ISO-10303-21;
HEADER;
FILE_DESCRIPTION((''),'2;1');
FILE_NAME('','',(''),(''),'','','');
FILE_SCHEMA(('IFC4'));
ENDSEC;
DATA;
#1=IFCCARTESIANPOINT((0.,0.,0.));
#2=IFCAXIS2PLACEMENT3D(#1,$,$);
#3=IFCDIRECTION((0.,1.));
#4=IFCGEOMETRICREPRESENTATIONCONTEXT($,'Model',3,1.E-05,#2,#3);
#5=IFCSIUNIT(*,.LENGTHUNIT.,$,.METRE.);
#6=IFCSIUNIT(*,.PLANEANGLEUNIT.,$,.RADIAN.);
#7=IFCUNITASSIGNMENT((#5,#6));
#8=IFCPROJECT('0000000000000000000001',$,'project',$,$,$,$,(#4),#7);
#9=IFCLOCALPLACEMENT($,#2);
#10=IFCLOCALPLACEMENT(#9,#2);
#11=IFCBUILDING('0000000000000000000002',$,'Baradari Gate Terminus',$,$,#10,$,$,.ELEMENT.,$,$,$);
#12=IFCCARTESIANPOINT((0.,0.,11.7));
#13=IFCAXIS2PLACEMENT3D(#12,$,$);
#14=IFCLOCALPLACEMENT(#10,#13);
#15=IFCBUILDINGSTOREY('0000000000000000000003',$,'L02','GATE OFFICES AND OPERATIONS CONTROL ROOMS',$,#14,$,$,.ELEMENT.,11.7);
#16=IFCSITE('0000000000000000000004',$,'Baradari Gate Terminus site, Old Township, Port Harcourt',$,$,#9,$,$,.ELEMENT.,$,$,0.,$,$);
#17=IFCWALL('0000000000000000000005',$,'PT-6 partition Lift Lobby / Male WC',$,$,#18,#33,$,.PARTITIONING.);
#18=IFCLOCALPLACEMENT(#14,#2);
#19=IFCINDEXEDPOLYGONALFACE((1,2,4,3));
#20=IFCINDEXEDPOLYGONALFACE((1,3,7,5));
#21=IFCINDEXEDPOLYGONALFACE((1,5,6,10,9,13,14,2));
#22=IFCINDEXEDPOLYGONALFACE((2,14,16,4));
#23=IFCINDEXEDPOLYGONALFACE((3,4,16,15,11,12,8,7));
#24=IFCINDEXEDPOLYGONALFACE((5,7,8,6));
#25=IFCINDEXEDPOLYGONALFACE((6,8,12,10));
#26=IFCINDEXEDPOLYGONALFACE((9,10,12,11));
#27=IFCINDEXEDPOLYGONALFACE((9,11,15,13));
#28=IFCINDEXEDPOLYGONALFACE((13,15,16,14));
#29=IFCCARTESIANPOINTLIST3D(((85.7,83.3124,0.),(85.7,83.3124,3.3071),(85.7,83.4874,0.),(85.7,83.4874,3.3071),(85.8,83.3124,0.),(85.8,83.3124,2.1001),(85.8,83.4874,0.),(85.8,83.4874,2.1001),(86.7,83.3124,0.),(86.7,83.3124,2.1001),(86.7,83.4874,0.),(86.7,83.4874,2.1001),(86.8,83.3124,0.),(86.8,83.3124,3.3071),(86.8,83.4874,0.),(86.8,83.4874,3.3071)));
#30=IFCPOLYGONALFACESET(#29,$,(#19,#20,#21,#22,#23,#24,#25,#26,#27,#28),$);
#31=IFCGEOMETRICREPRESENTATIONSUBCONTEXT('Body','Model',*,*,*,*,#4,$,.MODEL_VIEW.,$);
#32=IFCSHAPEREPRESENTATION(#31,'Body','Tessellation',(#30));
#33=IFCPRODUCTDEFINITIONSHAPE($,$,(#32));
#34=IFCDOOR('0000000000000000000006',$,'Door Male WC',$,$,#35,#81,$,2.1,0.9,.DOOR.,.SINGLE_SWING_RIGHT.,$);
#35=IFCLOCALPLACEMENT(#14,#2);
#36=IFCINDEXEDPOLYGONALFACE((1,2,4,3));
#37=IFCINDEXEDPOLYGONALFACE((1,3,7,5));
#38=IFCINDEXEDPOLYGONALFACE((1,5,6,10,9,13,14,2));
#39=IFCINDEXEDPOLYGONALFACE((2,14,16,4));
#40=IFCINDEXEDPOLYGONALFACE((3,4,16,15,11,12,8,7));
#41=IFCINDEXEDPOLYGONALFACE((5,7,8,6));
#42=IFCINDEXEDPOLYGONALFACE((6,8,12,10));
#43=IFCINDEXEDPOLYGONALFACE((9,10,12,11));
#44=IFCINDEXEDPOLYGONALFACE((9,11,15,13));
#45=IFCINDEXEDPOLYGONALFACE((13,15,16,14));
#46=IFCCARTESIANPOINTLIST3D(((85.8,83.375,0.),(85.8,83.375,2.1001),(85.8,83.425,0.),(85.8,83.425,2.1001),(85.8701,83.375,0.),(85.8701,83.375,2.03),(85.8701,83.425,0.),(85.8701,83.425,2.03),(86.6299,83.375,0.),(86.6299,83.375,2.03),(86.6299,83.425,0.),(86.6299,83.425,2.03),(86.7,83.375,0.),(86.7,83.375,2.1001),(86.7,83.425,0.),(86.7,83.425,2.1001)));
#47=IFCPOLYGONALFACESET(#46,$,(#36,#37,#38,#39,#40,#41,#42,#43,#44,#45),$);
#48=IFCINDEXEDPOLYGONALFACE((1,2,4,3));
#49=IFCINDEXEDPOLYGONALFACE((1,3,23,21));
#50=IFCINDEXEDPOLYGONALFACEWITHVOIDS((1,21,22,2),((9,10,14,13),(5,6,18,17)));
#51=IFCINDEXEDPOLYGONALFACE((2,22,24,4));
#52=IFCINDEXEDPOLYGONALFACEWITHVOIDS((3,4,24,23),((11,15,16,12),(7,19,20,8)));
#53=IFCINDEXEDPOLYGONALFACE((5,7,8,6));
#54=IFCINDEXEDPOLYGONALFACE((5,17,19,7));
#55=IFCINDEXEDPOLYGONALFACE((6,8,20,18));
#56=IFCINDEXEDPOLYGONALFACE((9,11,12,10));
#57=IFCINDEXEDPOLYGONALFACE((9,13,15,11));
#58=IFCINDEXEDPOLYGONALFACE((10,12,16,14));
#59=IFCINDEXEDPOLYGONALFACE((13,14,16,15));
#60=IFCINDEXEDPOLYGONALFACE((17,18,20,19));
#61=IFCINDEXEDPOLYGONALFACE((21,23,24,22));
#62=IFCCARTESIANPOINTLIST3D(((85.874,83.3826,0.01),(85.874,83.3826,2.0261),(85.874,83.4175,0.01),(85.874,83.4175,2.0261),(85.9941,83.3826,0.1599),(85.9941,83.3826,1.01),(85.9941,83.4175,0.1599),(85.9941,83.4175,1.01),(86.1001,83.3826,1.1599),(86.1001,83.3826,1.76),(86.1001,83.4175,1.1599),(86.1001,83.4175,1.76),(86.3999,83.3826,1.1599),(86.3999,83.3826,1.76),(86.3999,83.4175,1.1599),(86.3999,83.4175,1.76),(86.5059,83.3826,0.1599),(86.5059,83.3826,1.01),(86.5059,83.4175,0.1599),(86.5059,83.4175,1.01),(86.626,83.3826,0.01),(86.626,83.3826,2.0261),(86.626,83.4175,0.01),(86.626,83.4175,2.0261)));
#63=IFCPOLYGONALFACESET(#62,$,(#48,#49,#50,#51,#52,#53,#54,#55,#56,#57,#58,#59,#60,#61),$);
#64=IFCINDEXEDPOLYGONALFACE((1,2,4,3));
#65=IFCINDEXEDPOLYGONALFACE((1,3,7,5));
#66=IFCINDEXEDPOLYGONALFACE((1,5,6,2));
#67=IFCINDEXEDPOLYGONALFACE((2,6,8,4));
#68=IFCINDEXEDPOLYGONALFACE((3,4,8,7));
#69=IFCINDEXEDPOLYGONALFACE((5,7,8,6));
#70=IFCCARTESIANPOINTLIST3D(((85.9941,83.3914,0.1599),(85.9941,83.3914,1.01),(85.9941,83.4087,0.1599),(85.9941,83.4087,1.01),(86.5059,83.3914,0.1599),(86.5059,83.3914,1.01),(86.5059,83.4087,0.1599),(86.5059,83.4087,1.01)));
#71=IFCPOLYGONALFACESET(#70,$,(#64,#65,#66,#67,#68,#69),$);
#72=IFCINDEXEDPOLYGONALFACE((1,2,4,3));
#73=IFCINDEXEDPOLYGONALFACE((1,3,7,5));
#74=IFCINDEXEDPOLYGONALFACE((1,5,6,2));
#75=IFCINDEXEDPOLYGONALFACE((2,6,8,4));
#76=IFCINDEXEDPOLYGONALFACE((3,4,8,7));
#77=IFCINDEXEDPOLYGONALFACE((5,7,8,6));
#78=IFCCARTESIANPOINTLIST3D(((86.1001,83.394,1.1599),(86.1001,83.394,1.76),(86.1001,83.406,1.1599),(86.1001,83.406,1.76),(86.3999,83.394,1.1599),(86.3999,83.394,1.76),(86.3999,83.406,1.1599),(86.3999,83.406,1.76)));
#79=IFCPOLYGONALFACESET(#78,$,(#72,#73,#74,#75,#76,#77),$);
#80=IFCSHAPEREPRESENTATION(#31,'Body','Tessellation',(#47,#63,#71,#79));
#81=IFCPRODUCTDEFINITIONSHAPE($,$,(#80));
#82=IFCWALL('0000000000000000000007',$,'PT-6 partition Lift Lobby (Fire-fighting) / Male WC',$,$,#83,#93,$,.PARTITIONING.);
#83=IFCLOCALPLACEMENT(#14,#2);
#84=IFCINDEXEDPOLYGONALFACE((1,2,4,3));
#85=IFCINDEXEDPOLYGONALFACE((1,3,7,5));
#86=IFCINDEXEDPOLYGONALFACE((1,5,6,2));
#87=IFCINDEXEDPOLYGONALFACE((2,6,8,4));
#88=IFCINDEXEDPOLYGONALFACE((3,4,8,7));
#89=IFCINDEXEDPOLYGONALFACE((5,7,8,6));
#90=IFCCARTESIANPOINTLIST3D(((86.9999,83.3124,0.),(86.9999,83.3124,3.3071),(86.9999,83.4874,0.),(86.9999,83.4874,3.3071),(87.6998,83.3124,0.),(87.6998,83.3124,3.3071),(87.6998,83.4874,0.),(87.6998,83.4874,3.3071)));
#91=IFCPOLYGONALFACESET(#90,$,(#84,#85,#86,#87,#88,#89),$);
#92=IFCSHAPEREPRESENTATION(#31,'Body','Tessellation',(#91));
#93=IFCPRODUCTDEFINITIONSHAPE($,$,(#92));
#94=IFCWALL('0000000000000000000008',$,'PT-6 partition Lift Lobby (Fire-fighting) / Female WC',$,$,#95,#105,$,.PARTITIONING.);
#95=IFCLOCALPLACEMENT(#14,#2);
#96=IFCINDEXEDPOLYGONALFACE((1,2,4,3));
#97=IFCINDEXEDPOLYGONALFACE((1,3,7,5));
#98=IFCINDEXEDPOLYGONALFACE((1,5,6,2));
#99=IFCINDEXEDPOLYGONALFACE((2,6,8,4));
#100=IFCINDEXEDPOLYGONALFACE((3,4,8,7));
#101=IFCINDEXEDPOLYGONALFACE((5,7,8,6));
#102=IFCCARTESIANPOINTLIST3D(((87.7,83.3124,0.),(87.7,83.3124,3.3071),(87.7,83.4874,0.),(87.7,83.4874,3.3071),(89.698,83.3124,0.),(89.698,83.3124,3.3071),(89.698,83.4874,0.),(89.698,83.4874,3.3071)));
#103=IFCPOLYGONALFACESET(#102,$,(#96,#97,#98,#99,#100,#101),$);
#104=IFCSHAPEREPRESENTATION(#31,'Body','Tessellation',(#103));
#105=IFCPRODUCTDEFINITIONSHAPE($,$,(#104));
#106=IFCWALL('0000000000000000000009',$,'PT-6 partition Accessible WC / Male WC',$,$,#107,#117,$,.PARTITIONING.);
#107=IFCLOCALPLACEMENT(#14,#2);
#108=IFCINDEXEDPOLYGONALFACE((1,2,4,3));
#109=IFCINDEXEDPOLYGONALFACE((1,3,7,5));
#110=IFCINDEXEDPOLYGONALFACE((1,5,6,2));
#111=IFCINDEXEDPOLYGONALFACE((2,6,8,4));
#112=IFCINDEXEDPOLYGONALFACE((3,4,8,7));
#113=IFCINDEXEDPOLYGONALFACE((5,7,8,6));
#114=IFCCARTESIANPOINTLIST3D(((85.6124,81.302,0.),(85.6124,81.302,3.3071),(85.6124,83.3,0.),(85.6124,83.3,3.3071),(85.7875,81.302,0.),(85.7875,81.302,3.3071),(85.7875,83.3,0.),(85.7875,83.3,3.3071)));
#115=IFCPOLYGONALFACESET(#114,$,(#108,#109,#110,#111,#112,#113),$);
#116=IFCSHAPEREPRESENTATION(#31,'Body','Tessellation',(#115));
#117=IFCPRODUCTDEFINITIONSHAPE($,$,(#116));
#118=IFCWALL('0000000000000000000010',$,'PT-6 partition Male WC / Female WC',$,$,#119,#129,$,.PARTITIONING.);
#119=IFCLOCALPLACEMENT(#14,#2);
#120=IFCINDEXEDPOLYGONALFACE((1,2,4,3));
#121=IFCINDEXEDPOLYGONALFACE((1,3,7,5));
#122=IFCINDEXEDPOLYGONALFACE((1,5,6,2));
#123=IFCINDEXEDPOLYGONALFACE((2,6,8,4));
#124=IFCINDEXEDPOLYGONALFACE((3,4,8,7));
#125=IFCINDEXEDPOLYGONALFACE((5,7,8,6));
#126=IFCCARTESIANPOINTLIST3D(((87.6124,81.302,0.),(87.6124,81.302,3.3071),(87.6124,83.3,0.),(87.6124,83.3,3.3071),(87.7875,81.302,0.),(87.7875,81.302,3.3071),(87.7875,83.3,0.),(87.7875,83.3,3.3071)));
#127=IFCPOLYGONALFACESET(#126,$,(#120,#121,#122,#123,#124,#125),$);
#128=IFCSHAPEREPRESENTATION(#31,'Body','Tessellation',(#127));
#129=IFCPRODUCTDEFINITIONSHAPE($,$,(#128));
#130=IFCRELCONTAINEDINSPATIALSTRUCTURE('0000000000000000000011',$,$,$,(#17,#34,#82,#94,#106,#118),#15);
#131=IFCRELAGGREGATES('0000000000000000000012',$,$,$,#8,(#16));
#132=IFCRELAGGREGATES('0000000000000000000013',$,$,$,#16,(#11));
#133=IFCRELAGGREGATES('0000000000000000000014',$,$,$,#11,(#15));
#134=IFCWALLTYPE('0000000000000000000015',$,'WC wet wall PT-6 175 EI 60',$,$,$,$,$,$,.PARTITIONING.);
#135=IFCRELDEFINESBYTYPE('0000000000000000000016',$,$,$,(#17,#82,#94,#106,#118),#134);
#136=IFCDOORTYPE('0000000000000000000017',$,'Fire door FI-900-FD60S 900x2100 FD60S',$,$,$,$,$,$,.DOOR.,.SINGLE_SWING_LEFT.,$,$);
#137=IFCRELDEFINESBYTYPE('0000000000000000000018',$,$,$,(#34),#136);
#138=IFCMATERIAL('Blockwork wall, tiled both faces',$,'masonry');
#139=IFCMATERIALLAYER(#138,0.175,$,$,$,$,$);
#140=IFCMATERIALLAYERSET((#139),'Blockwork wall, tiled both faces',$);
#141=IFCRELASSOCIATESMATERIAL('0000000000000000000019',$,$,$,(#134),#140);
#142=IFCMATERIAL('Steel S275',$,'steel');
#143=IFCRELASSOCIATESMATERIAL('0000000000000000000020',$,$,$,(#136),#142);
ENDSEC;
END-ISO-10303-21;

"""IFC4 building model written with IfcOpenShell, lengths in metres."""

from ifc_helpers import new_model, si_unit, direction, frame, frame_2d, origin, place, context, subcontext, project, spatial, polyline, rectangle, outline, extrude, material, layer, layer_set, type_object, element, fill, save


model = new_model("IFC4")

# Units and contexts
model_context = context("Model", 3, precision=1e-05, world=origin(), true_north=direction((0.0, 1.0)))
body_context = subcontext(model_context, "Body", "Model", "MODEL_VIEW")
ifc_project = project(units=[si_unit("LENGTHUNIT", "METRE"), si_unit("PLANEANGLEUNIT", "RADIAN")], contexts=[model_context])

# Site, building, storey
site_placement = place(None, origin())
site = spatial("IfcSite", under=ifc_project, at=site_placement, Name="Baradari Gate Terminus site, Old Township, Port Harcourt", CompositionType="ELEMENT", RefElevation=0.0)
building_placement = place(site_placement, origin())
building = spatial("IfcBuilding", under=site, at=building_placement, Name="Baradari Gate Terminus", CompositionType="ELEMENT")
storey_placement = place(building_placement, frame((0.0, 0.0, 11.7)))
storey = spatial("IfcBuildingStorey", under=building, at=storey_placement, Name="L02", Description="GATE OFFICES AND OPERATIONS CONTROL ROOMS", CompositionType="ELEMENT", Elevation=11.7)

# Shared definitions
ifc_material_1 = material(Name="Blockwork wall, tiled both faces", Category="masonry")
ifc_layer_1 = layer(ifc_material_1, 0.175)
ifc_layer_set_1 = layer_set([ifc_layer_1], Name="Blockwork wall, tiled both faces")
wall_type_1 = type_object("IfcWallType", Name="WC wet wall PT-6 175 EI 60", PredefinedType="PARTITIONING", material=ifc_layer_set_1)

# Wall, opening, door
wall_1_placement = place(storey_placement, frame((86.8, 83.3999, 0.0), z_axis=(0.0, 0.0, 1.0), x_axis=(-1.0, 0.0, 0.0)))
wall_1 = element("IfcWall", 1, at=wall_1_placement, inside=storey, type_object=wall_type_1, Name="PT-6 partition Lift Lobby / Male WC", PredefinedType="PARTITIONING", context=body_context, shape_type="SweptSolid", body=[
    extrude(rectangle(XDim=1.1001, YDim=0.175, at=frame_2d((0.55, 0.0))), origin(), (0.0, 0.0, 1.0), 3.3071),
])
opening_1_placement = place(wall_1_placement, frame((0.1001, 0.0, 0.0)))
opening_1 = element("IfcOpeningElement", 2, at=opening_1_placement, cuts=wall_1, PredefinedType="OPENING", context=body_context, shape_type="SweptSolid", body=[
    extrude(rectangle(XDim=0.8999, YDim=2.1001, at=frame_2d((0.45, 1.05))), frame((0.0, 0.0974, 0.0), z_axis=(0.0, -1.0, 0.0), x_axis=(1.0, 0.0, 0.0)), (0.0, 0.0, 1.0), 0.1951),
])
ifc_material_2 = material(Name="Steel S275", Category="steel")
door_type_1 = type_object("IfcDoorType", Name="Fire door FI-900-FD60S 900x2100 FD60S", OperationType="SINGLE_SWING_LEFT", PredefinedType="DOOR", material=ifc_material_2)
door_1_placement = place(opening_1_placement, origin())
door_1 = element("IfcDoor", 3, at=door_1_placement, inside=storey, type_object=door_type_1, Name="Door Male WC", OperationType="SINGLE_SWING_RIGHT", OverallHeight=2.1, OverallWidth=0.9, PredefinedType="DOOR", context=body_context, shape_type="SweptSolid", body=[
    extrude(outline(polyline([(0.0, 0.0), (0.0701, 0.0), (0.0701, 2.03), (0.8298, 2.03), (0.8298, 0.0), (0.8999, 0.0), (0.8999, 2.1001), (0.0, 2.1001), (0.0, 0.0)])), frame((0.0, 0.0249, 0.0), z_axis=(0.0, -1.0, 0.0), x_axis=(1.0, 0.0, 0.0)), (0.0, 0.0, 1.0), 0.05),
    extrude(outline(polyline([(0.074, 0.01), (0.8259, 0.01), (0.8259, 2.0261), (0.074, 2.0261), (0.074, 0.01)]), holes=[polyline([(0.1941, 0.1599), (0.7058, 0.1599), (0.7058, 1.01), (0.1941, 1.01), (0.1941, 0.1599)]), polyline([(0.3, 1.1599), (0.5999, 1.1599), (0.5999, 1.76), (0.3, 1.76), (0.3, 1.1599)])]), frame((0.0, 0.0173, 0.0), z_axis=(0.0, -1.0, 0.0), x_axis=(1.0, 0.0, 0.0)), (0.0, 0.0, 1.0), 0.0349),
    extrude(rectangle(XDim=0.5117, YDim=0.8501, at=frame_2d((0.45, 0.585))), frame((0.0, 0.0085, 0.0), z_axis=(0.0, -1.0, 0.0), x_axis=(1.0, 0.0, 0.0)), (0.0, 0.0, 1.0), 0.0173),
    extrude(rectangle(XDim=0.2998, YDim=0.6001, at=frame_2d((0.45, 1.46))), frame((0.0, 0.0059, 0.0), z_axis=(0.0, -1.0, 0.0), x_axis=(1.0, 0.0, 0.0)), (0.0, 0.0, 1.0), 0.012),
])
fill(opening_1, door_1)

# Walls
wall_2_placement = place(storey_placement, frame((87.7, 83.3999, 0.0), z_axis=(0.0, 0.0, 1.0), x_axis=(-1.0, 0.0, 0.0)))
element("IfcWall", 4, at=wall_2_placement, inside=storey, type_object=wall_type_1, Name="PT-6 partition Lift Lobby (Fire-fighting) / Male WC", PredefinedType="PARTITIONING", context=body_context, shape_type="SweptSolid", body=[
    extrude(rectangle(XDim=0.7, YDim=0.175, at=frame_2d((0.3501, 0.0))), origin(), (0.0, 0.0, 1.0), 3.3071),
])
for number, where, z_axis, x_axis, name in (
    (5, (89.698, 83.3999, 0.0), (0.0, 0.0, 1.0), (-1.0, 0.0, 0.0), "PT-6 partition Lift Lobby (Fire-fighting) / Female WC"),
    (6, (85.7, 83.3, 0.0), (0.0, 0.0, 1.0), (0.0, -1.0, 0.0), "PT-6 partition Accessible WC / Male WC"),
    (7, (87.7, 83.3, 0.0), (0.0, 0.0, 1.0), (0.0, -1.0, 0.0), "PT-6 partition Male WC / Female WC"),
):
    element("IfcWall", number, at=place(storey_placement, frame(where, z_axis=z_axis, x_axis=x_axis)), inside=storey, type_object=wall_type_1, Name=name, PredefinedType="PARTITIONING", context=body_context, shape_type="SweptSolid", body=[
        extrude(rectangle(XDim=1.998, YDim=0.175, at=frame_2d((0.999, 0.0))), origin(), (0.0, 0.0, 1.0), 3.3071),
    ])

save(model, "model.ifc")
